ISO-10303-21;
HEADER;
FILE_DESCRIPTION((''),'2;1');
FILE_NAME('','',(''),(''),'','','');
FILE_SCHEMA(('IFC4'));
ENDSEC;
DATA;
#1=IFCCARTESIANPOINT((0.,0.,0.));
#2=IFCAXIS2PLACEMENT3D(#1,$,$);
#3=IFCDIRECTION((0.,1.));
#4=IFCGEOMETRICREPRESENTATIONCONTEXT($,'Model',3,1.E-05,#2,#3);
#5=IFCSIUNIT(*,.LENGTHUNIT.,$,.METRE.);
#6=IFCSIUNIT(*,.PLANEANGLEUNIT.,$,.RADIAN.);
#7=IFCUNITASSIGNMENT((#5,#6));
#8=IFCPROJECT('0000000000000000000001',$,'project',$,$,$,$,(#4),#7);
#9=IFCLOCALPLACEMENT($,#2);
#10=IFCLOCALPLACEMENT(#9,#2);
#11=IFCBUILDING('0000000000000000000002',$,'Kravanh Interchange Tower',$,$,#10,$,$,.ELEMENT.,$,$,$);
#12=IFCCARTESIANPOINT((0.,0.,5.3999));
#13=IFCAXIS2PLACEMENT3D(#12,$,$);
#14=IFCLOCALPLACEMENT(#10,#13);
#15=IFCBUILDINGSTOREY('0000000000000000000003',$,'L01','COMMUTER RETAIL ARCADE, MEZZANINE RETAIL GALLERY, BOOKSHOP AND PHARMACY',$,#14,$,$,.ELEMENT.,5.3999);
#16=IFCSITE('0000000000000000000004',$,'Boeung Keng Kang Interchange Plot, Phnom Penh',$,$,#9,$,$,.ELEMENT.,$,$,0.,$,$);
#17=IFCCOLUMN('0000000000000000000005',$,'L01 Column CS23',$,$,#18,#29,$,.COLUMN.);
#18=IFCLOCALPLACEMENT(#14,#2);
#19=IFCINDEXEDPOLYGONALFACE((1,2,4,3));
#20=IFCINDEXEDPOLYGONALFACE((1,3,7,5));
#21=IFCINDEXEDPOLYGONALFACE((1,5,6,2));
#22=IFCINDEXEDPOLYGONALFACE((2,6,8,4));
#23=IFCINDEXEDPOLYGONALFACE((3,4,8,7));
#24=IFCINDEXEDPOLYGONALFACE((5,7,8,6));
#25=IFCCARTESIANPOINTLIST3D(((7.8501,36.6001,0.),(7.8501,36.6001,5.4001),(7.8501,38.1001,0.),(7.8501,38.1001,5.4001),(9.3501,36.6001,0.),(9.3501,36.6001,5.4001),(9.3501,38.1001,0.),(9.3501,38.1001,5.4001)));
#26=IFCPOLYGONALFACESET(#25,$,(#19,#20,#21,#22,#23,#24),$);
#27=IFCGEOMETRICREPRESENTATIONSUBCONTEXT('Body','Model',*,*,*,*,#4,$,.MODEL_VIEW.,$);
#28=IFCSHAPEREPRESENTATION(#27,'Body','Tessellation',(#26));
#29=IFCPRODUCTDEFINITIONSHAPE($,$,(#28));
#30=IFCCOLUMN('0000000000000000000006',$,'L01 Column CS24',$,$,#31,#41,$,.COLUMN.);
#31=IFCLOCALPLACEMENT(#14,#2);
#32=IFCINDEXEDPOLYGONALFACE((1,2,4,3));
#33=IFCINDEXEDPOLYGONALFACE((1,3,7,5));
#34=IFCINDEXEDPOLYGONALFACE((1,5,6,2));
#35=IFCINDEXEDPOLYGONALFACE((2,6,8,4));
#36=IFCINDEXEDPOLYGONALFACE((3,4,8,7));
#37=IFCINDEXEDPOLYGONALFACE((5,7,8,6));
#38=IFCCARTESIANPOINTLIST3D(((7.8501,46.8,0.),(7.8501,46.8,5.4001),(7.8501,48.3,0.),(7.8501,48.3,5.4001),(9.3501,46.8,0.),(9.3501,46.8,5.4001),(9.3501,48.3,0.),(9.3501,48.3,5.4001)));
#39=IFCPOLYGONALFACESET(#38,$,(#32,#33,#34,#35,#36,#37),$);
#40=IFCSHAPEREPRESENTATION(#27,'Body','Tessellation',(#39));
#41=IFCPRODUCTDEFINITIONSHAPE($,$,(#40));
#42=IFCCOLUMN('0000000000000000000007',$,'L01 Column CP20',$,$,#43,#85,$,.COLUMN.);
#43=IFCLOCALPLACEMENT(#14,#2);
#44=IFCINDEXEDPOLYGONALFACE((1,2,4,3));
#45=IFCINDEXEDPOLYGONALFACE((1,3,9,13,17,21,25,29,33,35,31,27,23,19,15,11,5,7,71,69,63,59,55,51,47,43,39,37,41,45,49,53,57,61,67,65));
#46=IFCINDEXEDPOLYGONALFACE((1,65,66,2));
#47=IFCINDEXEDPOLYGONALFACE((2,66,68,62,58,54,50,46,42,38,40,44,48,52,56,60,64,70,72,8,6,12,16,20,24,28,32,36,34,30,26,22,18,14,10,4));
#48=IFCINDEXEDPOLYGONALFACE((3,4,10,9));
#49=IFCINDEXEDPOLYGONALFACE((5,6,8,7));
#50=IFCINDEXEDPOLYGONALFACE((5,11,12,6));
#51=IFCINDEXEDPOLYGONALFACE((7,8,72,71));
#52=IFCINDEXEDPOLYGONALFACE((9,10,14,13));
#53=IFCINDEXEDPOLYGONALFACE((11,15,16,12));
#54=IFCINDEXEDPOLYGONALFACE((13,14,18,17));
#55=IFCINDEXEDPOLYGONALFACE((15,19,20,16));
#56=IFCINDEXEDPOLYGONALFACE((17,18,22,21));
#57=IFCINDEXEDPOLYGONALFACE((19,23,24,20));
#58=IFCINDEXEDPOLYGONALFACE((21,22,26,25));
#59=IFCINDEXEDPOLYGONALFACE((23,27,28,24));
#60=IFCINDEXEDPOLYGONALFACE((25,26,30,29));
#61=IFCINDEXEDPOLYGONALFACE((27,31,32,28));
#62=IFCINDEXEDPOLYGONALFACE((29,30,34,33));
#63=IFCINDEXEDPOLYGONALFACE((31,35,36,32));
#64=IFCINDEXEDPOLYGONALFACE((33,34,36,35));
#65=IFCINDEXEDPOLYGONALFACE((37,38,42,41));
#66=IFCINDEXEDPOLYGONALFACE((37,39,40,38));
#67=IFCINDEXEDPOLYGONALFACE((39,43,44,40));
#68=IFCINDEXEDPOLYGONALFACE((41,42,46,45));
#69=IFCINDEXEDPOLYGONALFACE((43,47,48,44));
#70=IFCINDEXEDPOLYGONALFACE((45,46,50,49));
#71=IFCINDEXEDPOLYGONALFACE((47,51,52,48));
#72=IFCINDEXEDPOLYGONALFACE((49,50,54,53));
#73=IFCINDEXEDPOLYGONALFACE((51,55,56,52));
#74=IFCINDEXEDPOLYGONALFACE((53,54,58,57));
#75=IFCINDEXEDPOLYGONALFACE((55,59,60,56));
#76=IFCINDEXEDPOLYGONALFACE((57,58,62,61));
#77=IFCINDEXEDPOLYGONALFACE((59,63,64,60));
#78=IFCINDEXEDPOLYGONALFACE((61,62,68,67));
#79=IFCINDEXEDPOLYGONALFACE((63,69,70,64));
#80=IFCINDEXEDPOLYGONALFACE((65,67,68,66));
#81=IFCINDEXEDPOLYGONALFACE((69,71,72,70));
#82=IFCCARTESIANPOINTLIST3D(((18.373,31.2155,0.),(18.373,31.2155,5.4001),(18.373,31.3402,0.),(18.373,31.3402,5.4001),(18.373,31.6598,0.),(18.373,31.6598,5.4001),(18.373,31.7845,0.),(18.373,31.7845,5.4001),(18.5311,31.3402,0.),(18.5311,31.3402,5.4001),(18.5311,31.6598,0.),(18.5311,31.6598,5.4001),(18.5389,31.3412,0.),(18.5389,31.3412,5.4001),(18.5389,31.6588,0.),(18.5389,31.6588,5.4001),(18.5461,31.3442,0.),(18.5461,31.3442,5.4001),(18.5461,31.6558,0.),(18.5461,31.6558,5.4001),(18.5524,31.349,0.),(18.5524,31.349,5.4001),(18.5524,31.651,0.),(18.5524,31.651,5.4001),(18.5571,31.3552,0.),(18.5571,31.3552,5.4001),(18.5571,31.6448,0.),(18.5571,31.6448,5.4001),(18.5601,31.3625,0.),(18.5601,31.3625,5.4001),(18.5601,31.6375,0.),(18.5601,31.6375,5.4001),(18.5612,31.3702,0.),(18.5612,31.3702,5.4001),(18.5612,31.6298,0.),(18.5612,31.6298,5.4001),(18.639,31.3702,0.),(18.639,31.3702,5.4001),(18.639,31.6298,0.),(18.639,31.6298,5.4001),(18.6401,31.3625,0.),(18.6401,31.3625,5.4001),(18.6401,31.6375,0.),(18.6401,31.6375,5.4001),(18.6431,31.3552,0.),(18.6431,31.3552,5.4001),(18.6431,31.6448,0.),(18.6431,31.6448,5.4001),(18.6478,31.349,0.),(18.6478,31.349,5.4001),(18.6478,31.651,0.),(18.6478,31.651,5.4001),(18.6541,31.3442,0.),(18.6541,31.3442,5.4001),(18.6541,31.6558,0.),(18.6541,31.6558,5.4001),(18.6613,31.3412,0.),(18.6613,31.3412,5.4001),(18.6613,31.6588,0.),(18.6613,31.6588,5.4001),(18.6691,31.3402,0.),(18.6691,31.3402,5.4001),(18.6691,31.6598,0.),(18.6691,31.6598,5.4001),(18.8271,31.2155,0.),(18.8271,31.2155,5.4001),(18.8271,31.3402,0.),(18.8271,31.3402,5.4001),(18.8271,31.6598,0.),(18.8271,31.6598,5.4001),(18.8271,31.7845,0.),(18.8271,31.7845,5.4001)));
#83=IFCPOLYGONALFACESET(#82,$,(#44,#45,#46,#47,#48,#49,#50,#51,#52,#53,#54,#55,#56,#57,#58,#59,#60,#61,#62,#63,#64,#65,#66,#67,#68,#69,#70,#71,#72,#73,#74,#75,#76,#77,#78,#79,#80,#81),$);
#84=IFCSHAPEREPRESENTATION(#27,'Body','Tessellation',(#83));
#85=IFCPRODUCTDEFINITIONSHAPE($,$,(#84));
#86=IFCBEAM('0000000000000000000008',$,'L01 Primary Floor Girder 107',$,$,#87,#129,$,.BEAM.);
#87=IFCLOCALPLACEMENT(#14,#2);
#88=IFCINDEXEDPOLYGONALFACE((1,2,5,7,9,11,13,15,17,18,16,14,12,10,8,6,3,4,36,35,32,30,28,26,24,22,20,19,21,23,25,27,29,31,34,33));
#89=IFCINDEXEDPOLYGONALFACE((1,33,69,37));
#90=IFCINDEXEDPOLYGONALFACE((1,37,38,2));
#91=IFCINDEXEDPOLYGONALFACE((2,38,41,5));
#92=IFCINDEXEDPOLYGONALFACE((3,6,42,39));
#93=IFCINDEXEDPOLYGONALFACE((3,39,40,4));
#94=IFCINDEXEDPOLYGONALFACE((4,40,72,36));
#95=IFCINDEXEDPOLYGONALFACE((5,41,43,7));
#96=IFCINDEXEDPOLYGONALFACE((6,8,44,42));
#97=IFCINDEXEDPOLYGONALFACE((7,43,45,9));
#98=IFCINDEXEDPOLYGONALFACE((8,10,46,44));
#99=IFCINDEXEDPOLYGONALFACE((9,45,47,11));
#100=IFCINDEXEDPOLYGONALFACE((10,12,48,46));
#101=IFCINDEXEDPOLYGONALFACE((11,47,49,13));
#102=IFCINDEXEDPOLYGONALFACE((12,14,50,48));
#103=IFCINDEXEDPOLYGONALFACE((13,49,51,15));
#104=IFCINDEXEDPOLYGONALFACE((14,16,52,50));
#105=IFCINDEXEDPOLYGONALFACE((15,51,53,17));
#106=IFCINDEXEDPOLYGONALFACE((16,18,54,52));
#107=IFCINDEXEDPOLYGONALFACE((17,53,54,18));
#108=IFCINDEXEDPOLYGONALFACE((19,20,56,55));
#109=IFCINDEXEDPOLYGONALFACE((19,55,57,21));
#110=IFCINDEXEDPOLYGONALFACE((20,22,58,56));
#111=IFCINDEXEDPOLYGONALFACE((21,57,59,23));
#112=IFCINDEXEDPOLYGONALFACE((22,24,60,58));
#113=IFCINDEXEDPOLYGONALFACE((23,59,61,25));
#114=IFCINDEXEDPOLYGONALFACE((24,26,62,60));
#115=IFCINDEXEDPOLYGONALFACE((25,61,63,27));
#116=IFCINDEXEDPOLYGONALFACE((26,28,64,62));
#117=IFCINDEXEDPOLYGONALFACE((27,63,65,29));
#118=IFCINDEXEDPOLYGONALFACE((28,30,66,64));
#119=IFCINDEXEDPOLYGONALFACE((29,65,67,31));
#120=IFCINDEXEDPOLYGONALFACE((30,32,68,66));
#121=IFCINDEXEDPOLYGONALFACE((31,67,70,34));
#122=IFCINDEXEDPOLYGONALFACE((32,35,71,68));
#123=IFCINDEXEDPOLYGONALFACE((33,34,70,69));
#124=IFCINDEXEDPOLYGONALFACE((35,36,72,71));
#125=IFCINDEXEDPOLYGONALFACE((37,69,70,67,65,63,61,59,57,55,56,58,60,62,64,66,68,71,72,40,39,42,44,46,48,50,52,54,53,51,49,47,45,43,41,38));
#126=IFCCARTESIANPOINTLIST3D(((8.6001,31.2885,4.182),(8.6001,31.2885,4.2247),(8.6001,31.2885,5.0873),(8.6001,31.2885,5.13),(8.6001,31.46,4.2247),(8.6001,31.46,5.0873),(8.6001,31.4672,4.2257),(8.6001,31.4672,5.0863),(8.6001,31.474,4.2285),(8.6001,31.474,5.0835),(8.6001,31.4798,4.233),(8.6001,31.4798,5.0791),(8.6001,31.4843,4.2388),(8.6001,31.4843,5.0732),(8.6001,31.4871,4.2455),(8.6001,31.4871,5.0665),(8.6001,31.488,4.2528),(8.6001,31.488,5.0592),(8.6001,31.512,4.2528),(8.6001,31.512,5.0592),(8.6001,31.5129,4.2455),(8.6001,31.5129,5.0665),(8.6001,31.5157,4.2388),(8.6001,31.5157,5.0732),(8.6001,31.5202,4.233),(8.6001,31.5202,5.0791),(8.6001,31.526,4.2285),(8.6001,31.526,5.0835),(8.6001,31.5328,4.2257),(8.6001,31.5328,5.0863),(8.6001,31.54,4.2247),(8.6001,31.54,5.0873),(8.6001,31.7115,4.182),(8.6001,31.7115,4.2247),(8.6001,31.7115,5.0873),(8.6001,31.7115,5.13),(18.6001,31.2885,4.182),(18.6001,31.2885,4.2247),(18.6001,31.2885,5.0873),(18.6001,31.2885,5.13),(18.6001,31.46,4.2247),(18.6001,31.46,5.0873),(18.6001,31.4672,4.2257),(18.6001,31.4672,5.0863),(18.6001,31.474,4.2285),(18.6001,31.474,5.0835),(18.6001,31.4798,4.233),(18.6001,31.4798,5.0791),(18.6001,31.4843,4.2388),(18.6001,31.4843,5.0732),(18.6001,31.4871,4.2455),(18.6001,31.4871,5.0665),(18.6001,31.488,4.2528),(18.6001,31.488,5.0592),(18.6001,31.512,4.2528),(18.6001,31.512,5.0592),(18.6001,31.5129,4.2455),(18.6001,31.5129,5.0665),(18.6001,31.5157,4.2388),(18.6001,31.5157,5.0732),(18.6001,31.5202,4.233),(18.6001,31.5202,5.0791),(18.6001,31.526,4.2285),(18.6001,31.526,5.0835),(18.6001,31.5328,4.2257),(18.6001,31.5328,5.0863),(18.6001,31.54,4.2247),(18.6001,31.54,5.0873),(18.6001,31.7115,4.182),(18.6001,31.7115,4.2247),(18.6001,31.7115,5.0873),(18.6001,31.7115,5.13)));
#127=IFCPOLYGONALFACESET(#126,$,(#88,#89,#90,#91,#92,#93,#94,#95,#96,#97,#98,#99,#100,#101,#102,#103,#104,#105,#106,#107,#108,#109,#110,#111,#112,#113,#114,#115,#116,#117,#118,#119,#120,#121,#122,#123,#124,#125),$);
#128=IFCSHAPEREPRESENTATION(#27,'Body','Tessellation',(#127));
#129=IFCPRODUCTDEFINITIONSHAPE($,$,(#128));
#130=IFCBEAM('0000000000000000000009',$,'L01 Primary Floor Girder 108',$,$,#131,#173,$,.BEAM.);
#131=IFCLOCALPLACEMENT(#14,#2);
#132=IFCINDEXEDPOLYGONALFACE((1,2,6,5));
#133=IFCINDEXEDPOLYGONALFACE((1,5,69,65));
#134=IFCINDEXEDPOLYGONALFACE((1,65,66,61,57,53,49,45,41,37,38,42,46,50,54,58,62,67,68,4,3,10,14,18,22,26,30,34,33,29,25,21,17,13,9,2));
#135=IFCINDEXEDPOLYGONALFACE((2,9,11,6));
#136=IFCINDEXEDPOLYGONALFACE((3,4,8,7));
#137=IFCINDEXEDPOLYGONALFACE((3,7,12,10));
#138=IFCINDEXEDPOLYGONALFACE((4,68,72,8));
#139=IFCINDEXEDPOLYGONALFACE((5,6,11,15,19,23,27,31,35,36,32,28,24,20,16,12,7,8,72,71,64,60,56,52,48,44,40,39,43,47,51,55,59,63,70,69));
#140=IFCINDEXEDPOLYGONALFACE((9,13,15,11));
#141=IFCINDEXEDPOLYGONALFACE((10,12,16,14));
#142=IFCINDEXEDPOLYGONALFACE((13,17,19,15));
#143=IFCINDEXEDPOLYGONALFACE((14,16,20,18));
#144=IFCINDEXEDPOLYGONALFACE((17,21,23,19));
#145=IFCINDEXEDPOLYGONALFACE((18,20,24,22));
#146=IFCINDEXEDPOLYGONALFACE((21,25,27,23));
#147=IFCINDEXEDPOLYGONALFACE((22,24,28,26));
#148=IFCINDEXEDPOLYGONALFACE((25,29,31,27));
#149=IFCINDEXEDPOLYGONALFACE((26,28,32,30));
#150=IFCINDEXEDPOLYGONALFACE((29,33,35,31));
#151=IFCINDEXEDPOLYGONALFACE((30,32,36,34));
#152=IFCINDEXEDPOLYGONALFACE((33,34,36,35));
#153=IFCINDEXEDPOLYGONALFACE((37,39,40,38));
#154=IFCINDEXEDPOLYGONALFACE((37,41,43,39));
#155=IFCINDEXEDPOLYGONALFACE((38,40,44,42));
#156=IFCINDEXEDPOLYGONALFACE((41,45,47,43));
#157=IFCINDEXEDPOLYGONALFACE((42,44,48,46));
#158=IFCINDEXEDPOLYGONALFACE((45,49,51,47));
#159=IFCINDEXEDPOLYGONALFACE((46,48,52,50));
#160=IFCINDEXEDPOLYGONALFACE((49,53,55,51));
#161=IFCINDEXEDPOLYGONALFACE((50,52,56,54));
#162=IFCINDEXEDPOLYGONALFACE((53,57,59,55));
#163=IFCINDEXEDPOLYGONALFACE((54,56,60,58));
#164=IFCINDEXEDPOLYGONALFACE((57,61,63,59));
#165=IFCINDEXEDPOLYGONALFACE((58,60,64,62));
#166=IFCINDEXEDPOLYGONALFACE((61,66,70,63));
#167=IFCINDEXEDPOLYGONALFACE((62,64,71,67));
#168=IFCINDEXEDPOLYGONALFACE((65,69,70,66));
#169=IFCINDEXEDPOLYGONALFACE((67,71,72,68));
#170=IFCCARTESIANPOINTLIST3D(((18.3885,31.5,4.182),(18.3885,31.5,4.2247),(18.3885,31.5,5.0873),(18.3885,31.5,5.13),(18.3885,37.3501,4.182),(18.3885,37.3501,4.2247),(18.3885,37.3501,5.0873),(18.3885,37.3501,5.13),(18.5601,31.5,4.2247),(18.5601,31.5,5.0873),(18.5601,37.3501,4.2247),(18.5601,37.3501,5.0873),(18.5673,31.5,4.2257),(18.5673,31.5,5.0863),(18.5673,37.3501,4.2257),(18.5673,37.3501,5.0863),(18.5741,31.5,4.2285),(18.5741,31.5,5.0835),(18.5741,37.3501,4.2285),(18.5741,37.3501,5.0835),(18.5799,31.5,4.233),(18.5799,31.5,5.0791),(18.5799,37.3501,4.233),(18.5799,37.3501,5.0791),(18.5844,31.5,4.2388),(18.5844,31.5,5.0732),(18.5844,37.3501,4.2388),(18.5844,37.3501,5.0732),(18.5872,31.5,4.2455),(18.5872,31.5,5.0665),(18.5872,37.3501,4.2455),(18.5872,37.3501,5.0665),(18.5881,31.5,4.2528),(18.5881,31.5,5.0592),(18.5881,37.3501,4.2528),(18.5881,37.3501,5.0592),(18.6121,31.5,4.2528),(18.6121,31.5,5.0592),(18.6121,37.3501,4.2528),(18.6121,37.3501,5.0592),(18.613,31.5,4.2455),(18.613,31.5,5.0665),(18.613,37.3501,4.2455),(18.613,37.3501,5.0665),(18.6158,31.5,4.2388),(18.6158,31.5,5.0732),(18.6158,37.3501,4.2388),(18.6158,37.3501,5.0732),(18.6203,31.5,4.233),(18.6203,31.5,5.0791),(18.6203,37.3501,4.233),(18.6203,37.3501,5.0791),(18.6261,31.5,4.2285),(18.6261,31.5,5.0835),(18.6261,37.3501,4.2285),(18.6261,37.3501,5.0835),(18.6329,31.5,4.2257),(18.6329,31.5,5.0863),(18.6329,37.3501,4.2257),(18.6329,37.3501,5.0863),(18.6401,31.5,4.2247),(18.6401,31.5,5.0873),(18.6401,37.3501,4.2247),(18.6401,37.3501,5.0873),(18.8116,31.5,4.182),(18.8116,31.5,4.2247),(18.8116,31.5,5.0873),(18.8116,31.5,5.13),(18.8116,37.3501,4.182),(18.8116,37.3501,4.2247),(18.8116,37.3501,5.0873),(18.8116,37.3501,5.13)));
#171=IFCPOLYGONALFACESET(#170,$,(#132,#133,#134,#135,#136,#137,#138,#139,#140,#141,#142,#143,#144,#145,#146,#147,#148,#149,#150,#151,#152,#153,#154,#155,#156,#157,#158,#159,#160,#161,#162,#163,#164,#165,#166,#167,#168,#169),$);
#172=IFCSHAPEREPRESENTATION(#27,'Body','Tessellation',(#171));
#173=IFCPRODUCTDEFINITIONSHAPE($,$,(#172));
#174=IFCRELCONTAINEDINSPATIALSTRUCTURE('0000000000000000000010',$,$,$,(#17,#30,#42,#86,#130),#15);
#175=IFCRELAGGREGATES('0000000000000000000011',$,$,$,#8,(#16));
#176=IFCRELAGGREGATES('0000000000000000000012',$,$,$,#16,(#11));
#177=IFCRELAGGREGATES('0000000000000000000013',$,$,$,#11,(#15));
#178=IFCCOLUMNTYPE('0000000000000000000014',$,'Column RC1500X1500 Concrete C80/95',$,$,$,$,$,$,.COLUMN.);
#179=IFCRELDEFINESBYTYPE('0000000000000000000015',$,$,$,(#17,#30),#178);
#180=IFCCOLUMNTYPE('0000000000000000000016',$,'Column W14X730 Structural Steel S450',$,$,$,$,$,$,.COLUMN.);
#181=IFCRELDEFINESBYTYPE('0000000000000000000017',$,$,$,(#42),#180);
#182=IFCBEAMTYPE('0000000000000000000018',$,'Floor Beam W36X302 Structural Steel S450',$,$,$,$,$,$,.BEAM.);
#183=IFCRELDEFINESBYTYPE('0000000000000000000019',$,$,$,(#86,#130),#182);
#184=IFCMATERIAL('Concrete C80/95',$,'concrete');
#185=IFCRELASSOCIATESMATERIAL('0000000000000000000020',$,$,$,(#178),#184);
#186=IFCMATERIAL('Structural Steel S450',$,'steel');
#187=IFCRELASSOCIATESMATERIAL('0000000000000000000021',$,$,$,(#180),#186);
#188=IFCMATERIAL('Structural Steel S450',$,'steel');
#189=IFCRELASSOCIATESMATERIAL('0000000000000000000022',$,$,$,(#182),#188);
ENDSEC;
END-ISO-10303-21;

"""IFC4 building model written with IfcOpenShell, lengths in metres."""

from ifc_helpers import new_model, si_unit, direction, frame, origin, origin_2d, place, context, subcontext, project, spatial, rectangle, i_section, extrude, material, material_profile, profile_set, type_object, element, save


model = new_model("IFC4")

# Units and contexts
model_context = context("Model", 3, precision=1e-05, world=origin(), true_north=direction((0.0, 1.0)))
body_context = subcontext(model_context, "Body", "Model", "MODEL_VIEW")
ifc_project = project(units=[si_unit("LENGTHUNIT", "METRE"), si_unit("PLANEANGLEUNIT", "RADIAN")], contexts=[model_context])

# Site, building, storey
site_placement = place(None, origin())
site = spatial("IfcSite", under=ifc_project, at=site_placement, Name="Boeung Keng Kang Interchange Plot, Phnom Penh", CompositionType="ELEMENT", RefElevation=0.0)
building_placement = place(site_placement, origin())
building = spatial("IfcBuilding", under=site, at=building_placement, Name="Kravanh Interchange Tower", CompositionType="ELEMENT")
storey_placement = place(building_placement, frame((0.0, 0.0, 5.3999)))
storey = spatial("IfcBuildingStorey", under=building, at=storey_placement, Name="L01", Description="COMMUTER RETAIL ARCADE, MEZZANINE RETAIL GALLERY, BOOKSHOP AND PHARMACY", CompositionType="ELEMENT", Elevation=5.3999)

# Columns
ifc_material_1 = material(Name="Concrete C80/95", Category="concrete")
ifc_material_profile_1 = material_profile(ifc_material_1, rectangle(XDim=1.5, YDim=1.5, at=origin_2d()), Name="RC1500X1500")
ifc_profile_set_1 = profile_set([ifc_material_profile_1], Name="Concrete C80/95")
column_type_1 = type_object("IfcColumnType", Name="Column RC1500X1500 Concrete C80/95", PredefinedType="COLUMN", material=ifc_profile_set_1)
for number, where, z_axis, x_axis, name in (
    (1, (8.6001, 37.3501, 0.0), (0.0, 0.0, 1.0), (1.0, 0.0, 0.0), "L01 Column CS23"),
    (2, (8.6001, 47.55, 0.0), (0.0, 0.0, 1.0), (1.0, 0.0, 0.0), "L01 Column CS24"),
):
    element("IfcColumn", number, at=place(storey_placement, frame(where, z_axis=z_axis, x_axis=x_axis)), inside=storey, type_object=column_type_1, Name=name, PredefinedType="COLUMN", context=body_context, shape_type="SweptSolid", body=[
        extrude(rectangle(XDim=1.5, YDim=1.5, at=origin_2d()), origin(), (0.0, 0.0, 1.0), 5.4001),
    ])
ifc_material_2 = material(Name="Structural Steel S450", Category="steel")
ifc_material_profile_2 = material_profile(ifc_material_2, i_section(OverallWidth=0.4541, OverallDepth=0.5691, WebThickness=0.0779, FlangeThickness=0.1248, FilletRadius=0.03, at=origin_2d()), Name="W14X730")
ifc_profile_set_2 = profile_set([ifc_material_profile_2], Name="Structural Steel S450")
column_type_2 = type_object("IfcColumnType", Name="Column W14X730 Structural Steel S450", PredefinedType="COLUMN", material=ifc_profile_set_2)
column_placement = place(storey_placement, frame((18.6001, 31.5, 0.0), z_axis=(0.0, 0.0, 1.0), x_axis=(1.0, 0.0, 0.0)))
element("IfcColumn", 3, at=column_placement, inside=storey, type_object=column_type_2, Name="L01 Column CP20", PredefinedType="COLUMN", context=body_context, shape_type="SweptSolid", body=[
    extrude(i_section(OverallWidth=0.4541, OverallDepth=0.5691, WebThickness=0.0779, FlangeThickness=0.1248, FilletRadius=0.03, at=origin_2d()), origin(), (0.0, 0.0, 1.0), 5.4001),
])

# Beams
ifc_material_3 = material(Name="Structural Steel S450", Category="steel")
ifc_material_profile_3 = material_profile(ifc_material_3, i_section(OverallWidth=0.4231, OverallDepth=0.948, WebThickness=0.0239, FlangeThickness=0.0427, FilletRadius=0.0281, at=origin_2d()), Name="W36X302")
ifc_profile_set_3 = profile_set([ifc_material_profile_3], Name="Structural Steel S450")
beam_type = type_object("IfcBeamType", Name="Floor Beam W36X302 Structural Steel S450", PredefinedType="BEAM", material=ifc_profile_set_3)
beam_1_placement = place(storey_placement, frame((8.6001, 31.5, 4.656), z_axis=(1.0, 0.0, 0.0), x_axis=(0.0, 1.0, 0.0)))
element("IfcBeam", 4, at=beam_1_placement, inside=storey, type_object=beam_type, Name="L01 Primary Floor Girder 107", PredefinedType="BEAM", context=body_context, shape_type="SweptSolid", body=[
    extrude(i_section(OverallWidth=0.4231, OverallDepth=0.948, WebThickness=0.0239, FlangeThickness=0.0427, FilletRadius=0.0281, at=origin_2d()), origin(), (0.0, 0.0, 1.0), 10.0),
])
beam_2_placement = place(storey_placement, frame((18.6001, 31.5, 4.656), z_axis=(0.0, 1.0, 0.0), x_axis=(-1.0, 0.0, 0.0)))
element("IfcBeam", 5, at=beam_2_placement, inside=storey, type_object=beam_type, Name="L01 Primary Floor Girder 108", PredefinedType="BEAM", context=body_context, shape_type="SweptSolid", body=[
    extrude(i_section(OverallWidth=0.4231, OverallDepth=0.948, WebThickness=0.0239, FlangeThickness=0.0427, FilletRadius=0.0281, at=origin_2d()), origin(), (0.0, 0.0, 1.0), 5.8501),
])

save(model, "model.ifc")
